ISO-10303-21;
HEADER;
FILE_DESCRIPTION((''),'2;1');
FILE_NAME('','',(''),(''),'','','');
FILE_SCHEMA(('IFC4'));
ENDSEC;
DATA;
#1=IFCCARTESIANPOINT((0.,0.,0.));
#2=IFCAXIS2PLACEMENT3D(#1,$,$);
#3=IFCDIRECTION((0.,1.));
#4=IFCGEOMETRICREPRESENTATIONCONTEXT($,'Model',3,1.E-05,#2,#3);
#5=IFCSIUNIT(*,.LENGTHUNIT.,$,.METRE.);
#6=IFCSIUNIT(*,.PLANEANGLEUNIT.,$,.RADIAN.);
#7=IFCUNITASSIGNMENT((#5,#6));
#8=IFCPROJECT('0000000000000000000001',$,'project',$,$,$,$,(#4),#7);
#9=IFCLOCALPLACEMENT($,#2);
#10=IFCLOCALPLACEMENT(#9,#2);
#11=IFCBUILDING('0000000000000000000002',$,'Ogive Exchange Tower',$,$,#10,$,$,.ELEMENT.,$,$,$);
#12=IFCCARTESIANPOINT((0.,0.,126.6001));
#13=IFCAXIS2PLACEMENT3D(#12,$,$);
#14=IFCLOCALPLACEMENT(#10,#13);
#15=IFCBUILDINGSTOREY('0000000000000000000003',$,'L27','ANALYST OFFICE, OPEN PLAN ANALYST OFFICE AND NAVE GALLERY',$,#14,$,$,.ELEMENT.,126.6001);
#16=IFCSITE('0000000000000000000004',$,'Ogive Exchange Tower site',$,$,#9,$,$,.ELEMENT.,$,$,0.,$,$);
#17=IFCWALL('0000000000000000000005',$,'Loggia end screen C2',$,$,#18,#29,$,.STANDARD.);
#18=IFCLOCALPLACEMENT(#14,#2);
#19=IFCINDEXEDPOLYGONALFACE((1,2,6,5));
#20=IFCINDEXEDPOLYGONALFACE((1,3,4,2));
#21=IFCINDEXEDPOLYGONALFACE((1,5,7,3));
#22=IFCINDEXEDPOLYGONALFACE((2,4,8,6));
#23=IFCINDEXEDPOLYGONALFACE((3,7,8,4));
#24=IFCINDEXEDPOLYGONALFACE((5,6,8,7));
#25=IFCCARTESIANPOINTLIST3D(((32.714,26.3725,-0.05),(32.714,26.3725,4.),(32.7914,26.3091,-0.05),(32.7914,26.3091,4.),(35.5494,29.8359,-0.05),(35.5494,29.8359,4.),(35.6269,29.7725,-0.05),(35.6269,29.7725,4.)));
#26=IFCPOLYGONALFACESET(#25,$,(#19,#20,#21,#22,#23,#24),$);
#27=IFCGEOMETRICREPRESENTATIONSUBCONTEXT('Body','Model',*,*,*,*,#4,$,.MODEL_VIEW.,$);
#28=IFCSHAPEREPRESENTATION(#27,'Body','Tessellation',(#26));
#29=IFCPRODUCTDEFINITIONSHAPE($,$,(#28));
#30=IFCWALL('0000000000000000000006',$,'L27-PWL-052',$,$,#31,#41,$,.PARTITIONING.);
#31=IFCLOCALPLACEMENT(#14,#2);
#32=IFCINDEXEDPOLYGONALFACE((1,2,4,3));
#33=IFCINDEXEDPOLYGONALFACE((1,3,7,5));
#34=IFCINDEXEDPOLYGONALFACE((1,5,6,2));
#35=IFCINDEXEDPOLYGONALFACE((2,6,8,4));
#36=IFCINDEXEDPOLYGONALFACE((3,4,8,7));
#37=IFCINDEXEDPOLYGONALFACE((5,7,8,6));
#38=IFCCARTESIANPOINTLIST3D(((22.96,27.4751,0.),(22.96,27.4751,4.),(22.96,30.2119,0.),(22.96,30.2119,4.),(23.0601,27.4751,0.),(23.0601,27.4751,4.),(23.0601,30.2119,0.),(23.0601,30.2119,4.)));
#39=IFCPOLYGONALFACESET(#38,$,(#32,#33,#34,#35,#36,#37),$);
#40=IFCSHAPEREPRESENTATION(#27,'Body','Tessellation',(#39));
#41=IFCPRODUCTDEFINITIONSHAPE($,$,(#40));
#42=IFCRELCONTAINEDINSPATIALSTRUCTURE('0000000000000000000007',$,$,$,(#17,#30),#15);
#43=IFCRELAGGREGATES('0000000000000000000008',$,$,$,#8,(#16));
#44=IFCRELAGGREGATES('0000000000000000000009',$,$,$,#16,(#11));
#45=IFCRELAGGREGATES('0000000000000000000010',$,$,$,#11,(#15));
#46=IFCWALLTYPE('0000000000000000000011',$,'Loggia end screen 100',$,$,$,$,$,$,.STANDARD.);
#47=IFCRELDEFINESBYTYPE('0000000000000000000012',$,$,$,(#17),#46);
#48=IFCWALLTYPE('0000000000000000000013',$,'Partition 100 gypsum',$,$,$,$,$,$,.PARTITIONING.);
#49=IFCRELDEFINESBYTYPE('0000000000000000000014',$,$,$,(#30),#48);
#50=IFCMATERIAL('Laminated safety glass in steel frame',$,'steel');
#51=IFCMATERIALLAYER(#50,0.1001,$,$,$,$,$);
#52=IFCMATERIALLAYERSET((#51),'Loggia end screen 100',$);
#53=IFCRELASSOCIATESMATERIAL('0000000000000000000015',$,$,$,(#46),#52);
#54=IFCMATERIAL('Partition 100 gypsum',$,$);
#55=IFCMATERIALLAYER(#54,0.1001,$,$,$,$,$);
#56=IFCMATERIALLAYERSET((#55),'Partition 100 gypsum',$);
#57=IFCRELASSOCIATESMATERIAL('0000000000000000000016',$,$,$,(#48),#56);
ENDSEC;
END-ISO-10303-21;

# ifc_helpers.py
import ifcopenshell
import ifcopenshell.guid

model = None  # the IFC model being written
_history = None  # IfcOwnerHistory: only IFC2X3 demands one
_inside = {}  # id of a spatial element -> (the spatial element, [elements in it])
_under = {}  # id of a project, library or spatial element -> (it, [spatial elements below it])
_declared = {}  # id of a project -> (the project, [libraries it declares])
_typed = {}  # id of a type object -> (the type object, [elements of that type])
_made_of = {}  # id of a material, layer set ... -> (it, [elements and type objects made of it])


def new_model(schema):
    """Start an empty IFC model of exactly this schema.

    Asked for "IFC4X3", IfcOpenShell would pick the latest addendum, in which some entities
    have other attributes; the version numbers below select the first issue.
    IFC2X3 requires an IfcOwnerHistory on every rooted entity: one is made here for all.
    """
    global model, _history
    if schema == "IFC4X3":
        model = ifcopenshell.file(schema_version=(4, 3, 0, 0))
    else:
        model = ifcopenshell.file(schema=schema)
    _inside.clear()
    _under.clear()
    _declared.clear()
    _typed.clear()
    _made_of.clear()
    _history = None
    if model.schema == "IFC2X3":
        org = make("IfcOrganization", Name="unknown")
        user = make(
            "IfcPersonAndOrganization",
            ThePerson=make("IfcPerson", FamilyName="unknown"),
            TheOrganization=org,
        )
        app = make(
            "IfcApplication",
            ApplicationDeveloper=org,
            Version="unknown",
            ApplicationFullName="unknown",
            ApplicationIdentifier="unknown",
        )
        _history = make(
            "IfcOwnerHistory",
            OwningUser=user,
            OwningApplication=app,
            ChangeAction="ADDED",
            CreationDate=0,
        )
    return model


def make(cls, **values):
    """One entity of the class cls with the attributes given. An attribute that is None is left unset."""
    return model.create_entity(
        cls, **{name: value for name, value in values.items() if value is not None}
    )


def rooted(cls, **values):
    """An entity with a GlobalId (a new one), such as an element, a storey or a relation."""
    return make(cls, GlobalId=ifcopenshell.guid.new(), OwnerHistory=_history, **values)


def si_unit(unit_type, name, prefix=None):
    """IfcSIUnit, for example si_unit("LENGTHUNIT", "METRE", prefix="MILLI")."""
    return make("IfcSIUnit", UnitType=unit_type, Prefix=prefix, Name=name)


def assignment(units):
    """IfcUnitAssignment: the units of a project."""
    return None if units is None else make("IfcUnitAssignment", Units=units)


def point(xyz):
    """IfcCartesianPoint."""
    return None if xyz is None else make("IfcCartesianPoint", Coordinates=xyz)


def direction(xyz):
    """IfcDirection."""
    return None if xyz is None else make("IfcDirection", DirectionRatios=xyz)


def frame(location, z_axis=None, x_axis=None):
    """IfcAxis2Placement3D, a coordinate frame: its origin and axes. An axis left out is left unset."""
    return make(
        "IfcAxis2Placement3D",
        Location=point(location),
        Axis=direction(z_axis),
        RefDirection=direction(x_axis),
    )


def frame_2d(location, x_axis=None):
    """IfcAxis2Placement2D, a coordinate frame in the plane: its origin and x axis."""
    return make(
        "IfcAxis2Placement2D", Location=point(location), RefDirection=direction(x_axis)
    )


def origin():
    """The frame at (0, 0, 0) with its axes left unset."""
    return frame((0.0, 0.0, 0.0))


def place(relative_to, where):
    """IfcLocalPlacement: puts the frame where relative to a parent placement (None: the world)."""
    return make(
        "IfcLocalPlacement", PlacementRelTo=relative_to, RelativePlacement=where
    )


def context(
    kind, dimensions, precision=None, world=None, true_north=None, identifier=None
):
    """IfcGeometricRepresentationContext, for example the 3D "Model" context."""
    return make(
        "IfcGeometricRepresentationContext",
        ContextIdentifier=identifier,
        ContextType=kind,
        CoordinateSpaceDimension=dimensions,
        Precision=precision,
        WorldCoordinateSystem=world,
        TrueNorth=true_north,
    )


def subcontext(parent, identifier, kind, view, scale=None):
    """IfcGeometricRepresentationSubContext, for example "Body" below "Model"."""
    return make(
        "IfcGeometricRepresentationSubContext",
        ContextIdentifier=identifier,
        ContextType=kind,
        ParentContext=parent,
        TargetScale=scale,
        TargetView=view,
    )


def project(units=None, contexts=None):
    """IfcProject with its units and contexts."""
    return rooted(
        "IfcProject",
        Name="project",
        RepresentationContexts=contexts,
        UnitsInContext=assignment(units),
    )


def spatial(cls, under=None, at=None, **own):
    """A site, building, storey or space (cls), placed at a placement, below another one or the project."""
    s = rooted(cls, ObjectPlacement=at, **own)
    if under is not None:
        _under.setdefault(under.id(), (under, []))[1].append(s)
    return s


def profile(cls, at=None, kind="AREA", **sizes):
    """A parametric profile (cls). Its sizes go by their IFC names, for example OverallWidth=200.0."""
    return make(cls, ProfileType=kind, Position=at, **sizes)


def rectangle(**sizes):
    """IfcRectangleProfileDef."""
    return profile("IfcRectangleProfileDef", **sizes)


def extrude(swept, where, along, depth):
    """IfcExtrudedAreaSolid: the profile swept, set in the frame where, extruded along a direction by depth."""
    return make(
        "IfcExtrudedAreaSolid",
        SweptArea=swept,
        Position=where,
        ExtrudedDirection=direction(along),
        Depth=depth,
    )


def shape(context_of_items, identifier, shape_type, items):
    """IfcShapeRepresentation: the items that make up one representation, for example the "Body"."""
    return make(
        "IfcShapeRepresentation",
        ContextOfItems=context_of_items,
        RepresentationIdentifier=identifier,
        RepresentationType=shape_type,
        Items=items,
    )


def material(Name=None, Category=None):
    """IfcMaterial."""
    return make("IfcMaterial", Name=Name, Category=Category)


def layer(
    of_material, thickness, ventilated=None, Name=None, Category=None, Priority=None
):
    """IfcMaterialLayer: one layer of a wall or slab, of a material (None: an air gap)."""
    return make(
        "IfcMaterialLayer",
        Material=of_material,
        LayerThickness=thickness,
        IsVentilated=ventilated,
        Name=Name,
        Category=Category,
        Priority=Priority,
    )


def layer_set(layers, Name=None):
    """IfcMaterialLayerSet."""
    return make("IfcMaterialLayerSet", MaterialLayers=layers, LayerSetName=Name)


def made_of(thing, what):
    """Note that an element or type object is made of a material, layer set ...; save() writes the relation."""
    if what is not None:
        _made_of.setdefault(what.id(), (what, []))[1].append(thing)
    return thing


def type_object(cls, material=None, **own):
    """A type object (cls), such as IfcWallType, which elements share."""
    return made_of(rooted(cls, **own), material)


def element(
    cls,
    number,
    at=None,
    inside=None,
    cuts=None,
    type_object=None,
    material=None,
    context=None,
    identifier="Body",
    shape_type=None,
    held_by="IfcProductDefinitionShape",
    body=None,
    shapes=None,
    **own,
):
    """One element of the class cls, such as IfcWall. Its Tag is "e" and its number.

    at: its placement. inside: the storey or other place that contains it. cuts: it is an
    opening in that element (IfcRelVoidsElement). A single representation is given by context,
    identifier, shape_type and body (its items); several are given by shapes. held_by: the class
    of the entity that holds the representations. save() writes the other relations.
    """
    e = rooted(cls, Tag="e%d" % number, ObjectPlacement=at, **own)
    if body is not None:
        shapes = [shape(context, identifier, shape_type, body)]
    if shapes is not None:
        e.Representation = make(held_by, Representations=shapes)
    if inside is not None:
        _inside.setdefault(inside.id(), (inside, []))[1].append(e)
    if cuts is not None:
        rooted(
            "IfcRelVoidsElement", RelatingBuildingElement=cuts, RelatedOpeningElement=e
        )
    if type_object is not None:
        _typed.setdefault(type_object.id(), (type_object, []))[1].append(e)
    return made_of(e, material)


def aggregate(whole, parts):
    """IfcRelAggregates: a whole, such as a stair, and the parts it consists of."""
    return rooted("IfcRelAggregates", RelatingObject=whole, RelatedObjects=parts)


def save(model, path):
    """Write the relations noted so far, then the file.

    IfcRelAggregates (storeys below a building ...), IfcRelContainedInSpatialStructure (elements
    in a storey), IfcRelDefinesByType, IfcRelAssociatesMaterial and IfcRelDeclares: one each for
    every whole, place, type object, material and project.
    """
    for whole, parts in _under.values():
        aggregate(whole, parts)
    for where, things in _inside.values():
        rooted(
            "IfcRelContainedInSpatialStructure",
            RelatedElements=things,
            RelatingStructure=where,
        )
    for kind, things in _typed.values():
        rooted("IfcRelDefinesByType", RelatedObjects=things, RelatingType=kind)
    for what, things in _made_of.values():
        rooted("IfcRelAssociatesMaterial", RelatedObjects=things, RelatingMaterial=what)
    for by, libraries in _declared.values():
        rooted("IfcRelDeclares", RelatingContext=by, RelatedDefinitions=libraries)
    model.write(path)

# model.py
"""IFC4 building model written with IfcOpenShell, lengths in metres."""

from ifc_helpers import new_model, si_unit, direction, frame, frame_2d, origin, place, context, subcontext, project, spatial, rectangle, extrude, material, layer, layer_set, type_object, element, save


model = new_model("IFC4")

# Units and contexts
model_context = context("Model", 3, precision=1e-05, world=origin(), true_north=direction((0.0, 1.0)))
body_context = subcontext(model_context, "Body", "Model", "MODEL_VIEW")
ifc_project = project(units=[si_unit("LENGTHUNIT", "METRE"), si_unit("PLANEANGLEUNIT", "RADIAN")], contexts=[model_context])

# Site, building, storey
site_placement = place(None, origin())
site = spatial("IfcSite", under=ifc_project, at=site_placement, Name="Ogive Exchange Tower site", CompositionType="ELEMENT", RefElevation=0.0)
building_placement = place(site_placement, origin())
building = spatial("IfcBuilding", under=site, at=building_placement, Name="Ogive Exchange Tower", CompositionType="ELEMENT")
storey_placement = place(building_placement, frame((0.0, 0.0, 126.6001)))
storey = spatial("IfcBuildingStorey", under=building, at=storey_placement, Name="L27", Description="ANALYST OFFICE, OPEN PLAN ANALYST OFFICE AND NAVE GALLERY", CompositionType="ELEMENT", Elevation=126.6001)

# Walls
ifc_material_1 = material(Name="Laminated safety glass in steel frame", Category="steel")
ifc_layer_1 = layer(ifc_material_1, 0.1001)
ifc_layer_set_1 = layer_set([ifc_layer_1], Name="Loggia end screen 100")
wall_type_1 = type_object("IfcWallType", Name="Loggia end screen 100", PredefinedType="STANDARD", material=ifc_layer_set_1)
wall_1_placement = place(storey_placement, frame((32.7527, 26.3408, -0.05), z_axis=(0.0, 0.0, 1.0), x_axis=(0.633475, 0.773763, 0.0)))
element("IfcWall", 1, at=wall_1_placement, inside=storey, type_object=wall_type_1, Name="Loggia end screen C2", PredefinedType="STANDARD", context=body_context, shape_type="SweptSolid", body=[
    extrude(rectangle(XDim=4.4761, YDim=0.1001, at=frame_2d((2.238, 0.0))), origin(), (0.0, 0.0, 1.0), 4.05),
])
ifc_material_2 = material(Name="Partition 100 gypsum")
ifc_layer_2 = layer(ifc_material_2, 0.1001)
ifc_layer_set_2 = layer_set([ifc_layer_2], Name="Partition 100 gypsum")
wall_type_2 = type_object("IfcWallType", Name="Partition 100 gypsum", PredefinedType="PARTITIONING", material=ifc_layer_set_2)
wall_2_placement = place(storey_placement, frame((23.01, 30.2119, 0.0), z_axis=(0.0, 0.0, 1.0), x_axis=(0.0, -1.0, 0.0)))
element("IfcWall", 2, at=wall_2_placement, inside=storey, type_object=wall_type_2, Name="L27-PWL-052", PredefinedType="PARTITIONING", context=body_context, shape_type="SweptSolid", body=[
    extrude(rectangle(XDim=2.7368, YDim=0.1001, at=frame_2d((1.3684, 0.0))), origin(), (0.0, 0.0, 1.0), 4.0),
])

save(model, "model.ifc")
